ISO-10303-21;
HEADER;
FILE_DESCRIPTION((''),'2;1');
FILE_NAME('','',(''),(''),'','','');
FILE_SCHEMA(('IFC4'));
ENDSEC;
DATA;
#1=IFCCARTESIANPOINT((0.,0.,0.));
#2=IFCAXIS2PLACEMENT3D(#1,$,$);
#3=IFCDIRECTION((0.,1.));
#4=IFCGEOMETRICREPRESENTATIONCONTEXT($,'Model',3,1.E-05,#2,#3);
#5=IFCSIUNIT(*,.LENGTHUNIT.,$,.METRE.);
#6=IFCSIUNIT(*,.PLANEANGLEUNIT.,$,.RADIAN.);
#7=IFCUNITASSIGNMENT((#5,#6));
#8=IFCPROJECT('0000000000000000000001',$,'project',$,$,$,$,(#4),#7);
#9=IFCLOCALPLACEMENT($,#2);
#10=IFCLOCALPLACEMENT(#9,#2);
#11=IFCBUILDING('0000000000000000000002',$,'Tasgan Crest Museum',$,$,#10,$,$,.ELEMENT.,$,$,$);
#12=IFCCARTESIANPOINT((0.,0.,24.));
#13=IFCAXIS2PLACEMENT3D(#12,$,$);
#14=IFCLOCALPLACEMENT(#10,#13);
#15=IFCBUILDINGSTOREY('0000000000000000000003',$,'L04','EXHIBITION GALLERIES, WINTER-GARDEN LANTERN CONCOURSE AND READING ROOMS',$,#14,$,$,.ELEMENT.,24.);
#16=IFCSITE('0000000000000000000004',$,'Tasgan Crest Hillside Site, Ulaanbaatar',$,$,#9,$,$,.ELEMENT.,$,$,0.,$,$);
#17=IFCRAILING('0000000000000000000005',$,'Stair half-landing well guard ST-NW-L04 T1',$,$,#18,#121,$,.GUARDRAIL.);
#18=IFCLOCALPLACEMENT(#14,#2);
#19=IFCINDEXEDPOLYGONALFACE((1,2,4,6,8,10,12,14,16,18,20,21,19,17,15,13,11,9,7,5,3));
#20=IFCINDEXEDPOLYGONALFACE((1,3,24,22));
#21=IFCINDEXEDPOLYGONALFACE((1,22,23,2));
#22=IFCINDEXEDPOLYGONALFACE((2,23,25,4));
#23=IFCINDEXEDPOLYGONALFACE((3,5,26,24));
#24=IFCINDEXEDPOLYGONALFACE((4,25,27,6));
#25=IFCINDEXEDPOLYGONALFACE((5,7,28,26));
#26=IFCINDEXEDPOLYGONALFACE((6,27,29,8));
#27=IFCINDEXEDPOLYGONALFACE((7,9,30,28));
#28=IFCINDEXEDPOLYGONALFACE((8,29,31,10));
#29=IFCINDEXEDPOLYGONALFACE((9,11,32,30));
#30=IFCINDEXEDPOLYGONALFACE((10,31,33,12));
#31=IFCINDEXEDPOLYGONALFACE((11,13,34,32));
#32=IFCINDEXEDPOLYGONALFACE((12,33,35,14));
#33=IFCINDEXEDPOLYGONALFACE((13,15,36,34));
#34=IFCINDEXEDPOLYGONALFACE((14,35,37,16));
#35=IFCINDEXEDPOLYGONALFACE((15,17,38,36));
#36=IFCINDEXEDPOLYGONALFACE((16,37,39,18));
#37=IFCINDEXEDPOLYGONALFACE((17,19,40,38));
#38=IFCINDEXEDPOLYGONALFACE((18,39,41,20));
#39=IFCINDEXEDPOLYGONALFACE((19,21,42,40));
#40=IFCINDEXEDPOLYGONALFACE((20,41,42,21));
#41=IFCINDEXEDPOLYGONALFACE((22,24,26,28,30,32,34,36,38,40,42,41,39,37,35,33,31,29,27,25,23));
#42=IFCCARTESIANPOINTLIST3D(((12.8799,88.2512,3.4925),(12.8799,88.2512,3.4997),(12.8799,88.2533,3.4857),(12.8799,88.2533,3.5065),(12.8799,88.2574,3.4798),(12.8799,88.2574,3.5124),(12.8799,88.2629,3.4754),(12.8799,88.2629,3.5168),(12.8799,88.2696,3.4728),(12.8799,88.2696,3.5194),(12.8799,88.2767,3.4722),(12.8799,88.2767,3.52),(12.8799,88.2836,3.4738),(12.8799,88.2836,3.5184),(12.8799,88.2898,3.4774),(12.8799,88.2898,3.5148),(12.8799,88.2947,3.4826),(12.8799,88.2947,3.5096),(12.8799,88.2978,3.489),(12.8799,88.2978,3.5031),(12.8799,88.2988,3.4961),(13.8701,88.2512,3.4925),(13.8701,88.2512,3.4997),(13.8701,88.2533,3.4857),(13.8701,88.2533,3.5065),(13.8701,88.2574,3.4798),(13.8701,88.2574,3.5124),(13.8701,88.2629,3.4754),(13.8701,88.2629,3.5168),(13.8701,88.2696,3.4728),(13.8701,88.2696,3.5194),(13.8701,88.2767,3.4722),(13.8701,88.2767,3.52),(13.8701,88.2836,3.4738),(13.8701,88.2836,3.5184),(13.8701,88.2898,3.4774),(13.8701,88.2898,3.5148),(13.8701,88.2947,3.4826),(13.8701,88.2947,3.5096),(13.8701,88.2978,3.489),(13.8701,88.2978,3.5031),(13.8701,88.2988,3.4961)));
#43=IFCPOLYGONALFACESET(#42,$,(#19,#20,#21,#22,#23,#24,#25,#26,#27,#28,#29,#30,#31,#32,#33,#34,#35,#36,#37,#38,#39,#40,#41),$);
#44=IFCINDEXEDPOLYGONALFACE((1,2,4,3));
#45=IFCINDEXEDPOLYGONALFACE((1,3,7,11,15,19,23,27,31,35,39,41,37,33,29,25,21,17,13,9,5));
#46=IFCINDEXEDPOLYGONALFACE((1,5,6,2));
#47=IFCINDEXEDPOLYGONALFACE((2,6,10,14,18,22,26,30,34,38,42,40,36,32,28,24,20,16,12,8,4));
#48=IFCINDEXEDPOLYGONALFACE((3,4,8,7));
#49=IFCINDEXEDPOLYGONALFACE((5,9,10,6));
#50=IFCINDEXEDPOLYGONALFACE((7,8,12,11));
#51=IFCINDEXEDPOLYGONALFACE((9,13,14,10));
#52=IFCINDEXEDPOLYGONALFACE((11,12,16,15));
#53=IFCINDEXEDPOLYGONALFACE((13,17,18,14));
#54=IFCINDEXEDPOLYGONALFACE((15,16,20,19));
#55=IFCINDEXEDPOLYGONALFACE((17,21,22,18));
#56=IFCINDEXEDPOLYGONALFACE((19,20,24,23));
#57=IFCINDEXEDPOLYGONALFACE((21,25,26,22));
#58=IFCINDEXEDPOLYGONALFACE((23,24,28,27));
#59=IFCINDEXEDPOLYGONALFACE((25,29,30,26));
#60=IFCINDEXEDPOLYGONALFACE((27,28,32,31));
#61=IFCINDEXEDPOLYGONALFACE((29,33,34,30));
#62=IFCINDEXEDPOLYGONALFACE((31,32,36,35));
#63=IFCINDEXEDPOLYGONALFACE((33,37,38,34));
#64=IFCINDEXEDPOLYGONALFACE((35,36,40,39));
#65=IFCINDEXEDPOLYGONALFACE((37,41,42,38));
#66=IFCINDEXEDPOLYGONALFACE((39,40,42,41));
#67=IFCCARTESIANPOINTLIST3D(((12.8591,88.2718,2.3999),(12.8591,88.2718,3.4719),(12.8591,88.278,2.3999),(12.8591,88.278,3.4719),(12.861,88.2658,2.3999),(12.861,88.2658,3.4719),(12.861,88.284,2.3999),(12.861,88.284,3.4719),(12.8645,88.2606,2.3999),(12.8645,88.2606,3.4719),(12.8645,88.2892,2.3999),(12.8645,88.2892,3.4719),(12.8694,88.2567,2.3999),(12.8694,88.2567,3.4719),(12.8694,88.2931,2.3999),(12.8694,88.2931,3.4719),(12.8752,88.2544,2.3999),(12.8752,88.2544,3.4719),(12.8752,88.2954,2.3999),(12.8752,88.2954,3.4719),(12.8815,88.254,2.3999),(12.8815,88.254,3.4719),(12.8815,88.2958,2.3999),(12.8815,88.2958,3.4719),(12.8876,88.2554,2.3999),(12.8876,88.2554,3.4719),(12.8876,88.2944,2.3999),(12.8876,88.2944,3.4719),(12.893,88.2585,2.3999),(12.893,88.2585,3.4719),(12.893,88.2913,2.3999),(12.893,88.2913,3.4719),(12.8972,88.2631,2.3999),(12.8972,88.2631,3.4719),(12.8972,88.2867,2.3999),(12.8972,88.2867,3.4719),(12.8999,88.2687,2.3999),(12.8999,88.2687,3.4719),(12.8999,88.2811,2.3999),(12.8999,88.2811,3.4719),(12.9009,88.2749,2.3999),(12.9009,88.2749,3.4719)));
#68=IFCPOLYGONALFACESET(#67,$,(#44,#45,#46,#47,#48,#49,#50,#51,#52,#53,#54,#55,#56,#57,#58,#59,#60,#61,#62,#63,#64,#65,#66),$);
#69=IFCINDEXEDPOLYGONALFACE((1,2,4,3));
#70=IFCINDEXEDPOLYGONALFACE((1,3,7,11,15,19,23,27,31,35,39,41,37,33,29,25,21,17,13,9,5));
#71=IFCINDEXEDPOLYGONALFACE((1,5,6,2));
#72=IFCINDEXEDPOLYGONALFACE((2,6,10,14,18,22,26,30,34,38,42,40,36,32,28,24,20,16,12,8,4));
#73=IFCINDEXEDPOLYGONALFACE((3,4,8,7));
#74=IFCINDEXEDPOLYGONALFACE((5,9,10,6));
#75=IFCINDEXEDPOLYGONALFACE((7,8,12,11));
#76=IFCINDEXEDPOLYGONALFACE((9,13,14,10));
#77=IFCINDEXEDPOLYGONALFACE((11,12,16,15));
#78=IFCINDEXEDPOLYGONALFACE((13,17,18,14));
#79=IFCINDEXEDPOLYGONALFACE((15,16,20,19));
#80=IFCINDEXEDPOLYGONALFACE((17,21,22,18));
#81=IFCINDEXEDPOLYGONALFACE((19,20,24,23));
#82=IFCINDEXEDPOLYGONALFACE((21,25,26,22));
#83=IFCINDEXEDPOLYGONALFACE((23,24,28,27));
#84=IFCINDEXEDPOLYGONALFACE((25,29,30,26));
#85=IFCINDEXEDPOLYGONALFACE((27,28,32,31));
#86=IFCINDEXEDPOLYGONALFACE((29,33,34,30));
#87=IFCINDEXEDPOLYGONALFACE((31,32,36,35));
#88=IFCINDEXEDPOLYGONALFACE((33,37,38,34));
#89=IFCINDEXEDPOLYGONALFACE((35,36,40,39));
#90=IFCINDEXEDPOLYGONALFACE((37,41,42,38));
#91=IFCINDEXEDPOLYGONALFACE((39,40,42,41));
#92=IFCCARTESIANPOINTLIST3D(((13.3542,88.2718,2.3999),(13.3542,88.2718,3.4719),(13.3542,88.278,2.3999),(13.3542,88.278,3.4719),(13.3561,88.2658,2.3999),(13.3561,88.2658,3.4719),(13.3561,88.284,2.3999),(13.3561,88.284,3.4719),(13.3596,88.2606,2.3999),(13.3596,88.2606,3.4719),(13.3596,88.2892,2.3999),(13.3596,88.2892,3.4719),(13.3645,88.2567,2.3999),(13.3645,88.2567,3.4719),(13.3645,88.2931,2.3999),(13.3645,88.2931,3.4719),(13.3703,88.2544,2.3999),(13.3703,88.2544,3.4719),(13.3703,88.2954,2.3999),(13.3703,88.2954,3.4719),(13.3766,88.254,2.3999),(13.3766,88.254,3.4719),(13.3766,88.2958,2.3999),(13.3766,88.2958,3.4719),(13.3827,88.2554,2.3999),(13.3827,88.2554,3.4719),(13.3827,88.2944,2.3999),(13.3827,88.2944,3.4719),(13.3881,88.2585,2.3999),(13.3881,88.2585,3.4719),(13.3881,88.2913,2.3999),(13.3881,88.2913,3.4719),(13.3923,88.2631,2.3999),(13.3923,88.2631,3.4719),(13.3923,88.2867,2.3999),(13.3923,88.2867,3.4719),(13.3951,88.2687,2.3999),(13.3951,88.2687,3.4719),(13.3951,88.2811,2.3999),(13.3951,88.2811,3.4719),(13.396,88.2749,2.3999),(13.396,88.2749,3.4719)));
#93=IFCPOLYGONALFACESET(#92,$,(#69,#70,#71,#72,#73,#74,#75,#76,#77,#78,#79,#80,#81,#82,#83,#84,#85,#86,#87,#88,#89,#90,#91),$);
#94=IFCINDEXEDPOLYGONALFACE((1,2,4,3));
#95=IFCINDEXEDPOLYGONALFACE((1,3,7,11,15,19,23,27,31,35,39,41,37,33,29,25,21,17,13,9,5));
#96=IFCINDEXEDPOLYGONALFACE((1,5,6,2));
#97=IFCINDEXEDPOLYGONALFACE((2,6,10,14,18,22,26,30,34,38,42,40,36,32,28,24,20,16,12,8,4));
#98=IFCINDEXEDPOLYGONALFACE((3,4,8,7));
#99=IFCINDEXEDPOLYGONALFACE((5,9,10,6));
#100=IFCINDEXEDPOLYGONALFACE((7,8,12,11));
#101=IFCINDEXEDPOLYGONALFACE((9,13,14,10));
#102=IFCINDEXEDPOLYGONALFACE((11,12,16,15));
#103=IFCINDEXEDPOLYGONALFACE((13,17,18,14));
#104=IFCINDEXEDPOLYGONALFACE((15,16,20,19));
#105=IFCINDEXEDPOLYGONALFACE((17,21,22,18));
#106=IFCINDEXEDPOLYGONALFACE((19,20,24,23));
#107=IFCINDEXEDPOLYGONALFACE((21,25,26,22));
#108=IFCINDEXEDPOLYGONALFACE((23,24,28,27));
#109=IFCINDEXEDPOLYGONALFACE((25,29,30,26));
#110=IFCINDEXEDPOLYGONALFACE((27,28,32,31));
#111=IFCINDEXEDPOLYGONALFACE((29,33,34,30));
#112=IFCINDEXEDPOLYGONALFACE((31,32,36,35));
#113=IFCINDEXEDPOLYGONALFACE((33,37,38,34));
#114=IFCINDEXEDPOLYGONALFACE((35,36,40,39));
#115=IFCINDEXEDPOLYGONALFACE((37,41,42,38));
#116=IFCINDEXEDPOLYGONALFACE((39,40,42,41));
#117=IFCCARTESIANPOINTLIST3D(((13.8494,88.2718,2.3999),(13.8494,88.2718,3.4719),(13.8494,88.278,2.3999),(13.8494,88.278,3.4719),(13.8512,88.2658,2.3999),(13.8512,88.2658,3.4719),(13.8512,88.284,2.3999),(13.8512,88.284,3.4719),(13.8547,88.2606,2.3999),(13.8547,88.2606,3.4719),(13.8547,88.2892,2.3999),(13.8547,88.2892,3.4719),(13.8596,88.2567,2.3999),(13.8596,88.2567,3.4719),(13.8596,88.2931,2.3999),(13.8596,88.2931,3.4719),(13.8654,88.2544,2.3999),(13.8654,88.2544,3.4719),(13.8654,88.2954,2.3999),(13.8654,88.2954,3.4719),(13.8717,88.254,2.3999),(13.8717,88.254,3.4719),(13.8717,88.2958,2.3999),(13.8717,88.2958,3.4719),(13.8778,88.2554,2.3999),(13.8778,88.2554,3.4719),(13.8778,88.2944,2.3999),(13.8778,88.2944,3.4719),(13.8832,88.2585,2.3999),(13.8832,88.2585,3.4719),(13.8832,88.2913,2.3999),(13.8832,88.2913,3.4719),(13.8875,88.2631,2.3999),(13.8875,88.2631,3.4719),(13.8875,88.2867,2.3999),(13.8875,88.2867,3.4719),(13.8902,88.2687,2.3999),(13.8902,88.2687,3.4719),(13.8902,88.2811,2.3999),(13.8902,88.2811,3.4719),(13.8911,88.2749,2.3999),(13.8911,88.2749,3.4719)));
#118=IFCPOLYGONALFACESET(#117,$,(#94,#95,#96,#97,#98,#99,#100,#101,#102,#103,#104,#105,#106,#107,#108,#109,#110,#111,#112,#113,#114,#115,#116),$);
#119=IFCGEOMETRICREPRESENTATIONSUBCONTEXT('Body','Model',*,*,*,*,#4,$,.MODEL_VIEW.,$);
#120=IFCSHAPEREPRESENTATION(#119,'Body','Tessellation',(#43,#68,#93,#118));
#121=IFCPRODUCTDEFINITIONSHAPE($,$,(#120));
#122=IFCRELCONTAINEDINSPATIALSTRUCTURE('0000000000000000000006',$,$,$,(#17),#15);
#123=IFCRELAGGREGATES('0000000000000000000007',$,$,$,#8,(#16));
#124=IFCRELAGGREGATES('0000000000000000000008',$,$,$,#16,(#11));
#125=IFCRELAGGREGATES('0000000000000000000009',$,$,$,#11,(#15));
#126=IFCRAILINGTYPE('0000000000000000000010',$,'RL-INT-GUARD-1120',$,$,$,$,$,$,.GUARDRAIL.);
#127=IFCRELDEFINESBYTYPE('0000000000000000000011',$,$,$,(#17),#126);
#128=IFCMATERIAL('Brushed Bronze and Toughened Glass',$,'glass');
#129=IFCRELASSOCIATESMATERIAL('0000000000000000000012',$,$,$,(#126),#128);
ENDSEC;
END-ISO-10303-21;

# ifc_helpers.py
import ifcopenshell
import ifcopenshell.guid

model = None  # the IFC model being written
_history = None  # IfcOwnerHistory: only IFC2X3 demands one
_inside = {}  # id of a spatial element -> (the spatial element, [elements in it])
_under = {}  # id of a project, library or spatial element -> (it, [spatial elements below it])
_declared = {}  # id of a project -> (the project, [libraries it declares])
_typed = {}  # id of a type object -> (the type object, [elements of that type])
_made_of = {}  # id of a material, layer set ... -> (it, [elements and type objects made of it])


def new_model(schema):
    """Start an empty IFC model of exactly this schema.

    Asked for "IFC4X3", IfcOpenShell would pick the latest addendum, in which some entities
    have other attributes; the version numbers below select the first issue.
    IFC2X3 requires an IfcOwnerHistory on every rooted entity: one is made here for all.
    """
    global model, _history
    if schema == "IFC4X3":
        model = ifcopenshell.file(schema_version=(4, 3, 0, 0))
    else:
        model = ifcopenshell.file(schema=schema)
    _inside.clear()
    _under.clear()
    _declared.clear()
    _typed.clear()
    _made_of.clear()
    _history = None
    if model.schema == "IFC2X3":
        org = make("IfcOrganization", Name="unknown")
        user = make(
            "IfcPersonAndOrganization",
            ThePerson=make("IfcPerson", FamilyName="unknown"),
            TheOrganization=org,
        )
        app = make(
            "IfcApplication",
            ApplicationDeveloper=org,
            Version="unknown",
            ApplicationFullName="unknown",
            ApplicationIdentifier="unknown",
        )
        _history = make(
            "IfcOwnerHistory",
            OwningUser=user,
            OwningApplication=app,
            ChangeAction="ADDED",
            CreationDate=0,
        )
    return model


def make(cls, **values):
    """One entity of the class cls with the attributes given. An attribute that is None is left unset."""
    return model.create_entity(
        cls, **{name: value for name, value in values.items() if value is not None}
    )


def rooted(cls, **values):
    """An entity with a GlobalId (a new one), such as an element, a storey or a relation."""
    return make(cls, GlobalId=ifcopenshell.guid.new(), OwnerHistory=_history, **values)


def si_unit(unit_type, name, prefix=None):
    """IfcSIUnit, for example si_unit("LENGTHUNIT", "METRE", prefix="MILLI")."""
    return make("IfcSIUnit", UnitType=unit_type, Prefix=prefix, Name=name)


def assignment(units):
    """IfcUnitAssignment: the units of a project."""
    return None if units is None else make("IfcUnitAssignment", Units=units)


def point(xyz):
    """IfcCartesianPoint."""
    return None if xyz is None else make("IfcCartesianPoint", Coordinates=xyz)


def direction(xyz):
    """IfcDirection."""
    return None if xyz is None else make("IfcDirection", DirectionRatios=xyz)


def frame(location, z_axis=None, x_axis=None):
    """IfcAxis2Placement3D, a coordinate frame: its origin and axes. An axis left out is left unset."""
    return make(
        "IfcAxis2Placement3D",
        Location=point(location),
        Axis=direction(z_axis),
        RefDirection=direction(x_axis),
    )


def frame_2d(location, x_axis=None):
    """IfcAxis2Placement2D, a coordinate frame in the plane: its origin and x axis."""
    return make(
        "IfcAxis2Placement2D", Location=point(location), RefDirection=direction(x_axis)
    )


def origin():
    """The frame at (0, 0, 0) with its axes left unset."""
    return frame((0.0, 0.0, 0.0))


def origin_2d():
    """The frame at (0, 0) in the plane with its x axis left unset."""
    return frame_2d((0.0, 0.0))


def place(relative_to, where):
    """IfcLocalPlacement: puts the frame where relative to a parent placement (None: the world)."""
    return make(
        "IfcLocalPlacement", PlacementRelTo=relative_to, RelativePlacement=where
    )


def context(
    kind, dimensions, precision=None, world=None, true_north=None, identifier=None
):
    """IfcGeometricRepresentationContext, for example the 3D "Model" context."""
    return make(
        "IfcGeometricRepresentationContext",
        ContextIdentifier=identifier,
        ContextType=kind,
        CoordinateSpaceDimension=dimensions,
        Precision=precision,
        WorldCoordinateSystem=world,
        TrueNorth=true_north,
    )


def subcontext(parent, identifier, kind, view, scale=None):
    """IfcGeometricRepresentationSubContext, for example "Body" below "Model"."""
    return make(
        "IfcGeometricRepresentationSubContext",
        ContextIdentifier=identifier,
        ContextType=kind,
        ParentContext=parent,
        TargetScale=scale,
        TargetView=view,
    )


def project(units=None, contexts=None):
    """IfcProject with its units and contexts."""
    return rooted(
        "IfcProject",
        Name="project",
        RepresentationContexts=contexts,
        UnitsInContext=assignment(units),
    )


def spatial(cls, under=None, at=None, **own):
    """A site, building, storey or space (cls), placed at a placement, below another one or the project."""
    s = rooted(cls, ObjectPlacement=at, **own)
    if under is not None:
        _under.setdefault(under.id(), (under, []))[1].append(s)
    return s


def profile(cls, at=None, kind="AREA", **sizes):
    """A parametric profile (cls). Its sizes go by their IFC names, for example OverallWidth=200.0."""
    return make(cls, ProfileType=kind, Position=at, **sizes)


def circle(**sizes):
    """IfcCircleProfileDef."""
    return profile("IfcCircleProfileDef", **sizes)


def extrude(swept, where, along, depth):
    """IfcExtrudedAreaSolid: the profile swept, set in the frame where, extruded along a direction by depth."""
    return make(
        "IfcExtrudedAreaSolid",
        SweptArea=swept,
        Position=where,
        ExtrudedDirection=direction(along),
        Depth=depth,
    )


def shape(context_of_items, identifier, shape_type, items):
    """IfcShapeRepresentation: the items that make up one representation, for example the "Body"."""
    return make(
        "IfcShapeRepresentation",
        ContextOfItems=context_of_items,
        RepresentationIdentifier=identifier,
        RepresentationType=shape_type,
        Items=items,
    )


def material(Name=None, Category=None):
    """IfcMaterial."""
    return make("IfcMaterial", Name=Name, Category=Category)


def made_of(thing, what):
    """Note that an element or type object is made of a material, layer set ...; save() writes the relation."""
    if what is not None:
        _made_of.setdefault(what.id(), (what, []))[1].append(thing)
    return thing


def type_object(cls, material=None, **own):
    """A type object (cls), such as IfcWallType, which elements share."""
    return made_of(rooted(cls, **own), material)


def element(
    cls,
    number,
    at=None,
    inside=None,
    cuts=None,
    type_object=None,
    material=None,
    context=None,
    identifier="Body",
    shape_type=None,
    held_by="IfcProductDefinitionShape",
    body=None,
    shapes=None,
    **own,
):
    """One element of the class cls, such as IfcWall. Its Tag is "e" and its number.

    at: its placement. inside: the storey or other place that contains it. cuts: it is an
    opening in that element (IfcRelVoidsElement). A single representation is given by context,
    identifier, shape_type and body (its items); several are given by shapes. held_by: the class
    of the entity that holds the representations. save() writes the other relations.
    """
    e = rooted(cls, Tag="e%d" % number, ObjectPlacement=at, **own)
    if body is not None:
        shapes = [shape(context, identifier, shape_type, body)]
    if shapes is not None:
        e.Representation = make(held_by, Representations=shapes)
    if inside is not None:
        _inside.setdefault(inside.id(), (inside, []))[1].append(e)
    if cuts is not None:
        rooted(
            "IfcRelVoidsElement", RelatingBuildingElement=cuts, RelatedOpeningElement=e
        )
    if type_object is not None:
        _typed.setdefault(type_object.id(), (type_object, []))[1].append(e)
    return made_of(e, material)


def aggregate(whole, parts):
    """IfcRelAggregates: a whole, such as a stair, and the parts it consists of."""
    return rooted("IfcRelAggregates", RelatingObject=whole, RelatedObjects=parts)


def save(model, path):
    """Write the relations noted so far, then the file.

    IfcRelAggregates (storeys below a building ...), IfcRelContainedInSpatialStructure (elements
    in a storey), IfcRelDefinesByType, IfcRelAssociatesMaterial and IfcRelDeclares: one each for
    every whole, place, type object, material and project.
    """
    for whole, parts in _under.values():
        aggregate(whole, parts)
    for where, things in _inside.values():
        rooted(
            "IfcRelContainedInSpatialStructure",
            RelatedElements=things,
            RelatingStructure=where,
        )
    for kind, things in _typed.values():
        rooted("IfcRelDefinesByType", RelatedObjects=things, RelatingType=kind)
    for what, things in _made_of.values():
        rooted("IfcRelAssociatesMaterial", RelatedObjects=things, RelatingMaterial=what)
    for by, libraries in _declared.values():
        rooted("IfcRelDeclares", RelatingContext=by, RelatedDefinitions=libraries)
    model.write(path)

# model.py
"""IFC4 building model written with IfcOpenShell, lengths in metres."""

from ifc_helpers import new_model, si_unit, direction, frame, origin, origin_2d, place, context, subcontext, project, spatial, circle, extrude, material, type_object, element, save


model = new_model("IFC4")

# Units and contexts
model_context = context("Model", 3, precision=1e-05, world=origin(), true_north=direction((0.0, 1.0)))
body_context = subcontext(model_context, "Body", "Model", "MODEL_VIEW")
ifc_project = project(units=[si_unit("LENGTHUNIT", "METRE"), si_unit("PLANEANGLEUNIT", "RADIAN")], contexts=[model_context])

# Site, building, storey
site_placement = place(None, origin())
site = spatial("IfcSite", under=ifc_project, at=site_placement, Name="Tasgan Crest Hillside Site, Ulaanbaatar", CompositionType="ELEMENT", RefElevation=0.0)
building_placement = place(site_placement, origin())
building = spatial("IfcBuilding", under=site, at=building_placement, Name="Tasgan Crest Museum", CompositionType="ELEMENT")
storey_placement = place(building_placement, frame((0.0, 0.0, 24.0)))
storey = spatial("IfcBuildingStorey", under=building, at=storey_placement, Name="L04", Description="EXHIBITION GALLERIES, WINTER-GARDEN LANTERN CONCOURSE AND READING ROOMS", CompositionType="ELEMENT", Elevation=24.0)

# Railing
ifc_material_1 = material(Name="Brushed Bronze and Toughened Glass", Category="glass")
railing_type_1 = type_object("IfcRailingType", Name="RL-INT-GUARD-1120", PredefinedType="GUARDRAIL", material=ifc_material_1)
railing_1_placement = place(storey_placement, frame((12.8799, 88.2749, 2.3999)))
element("IfcRailing", 1, at=railing_1_placement, inside=storey, type_object=railing_type_1, Name="Stair half-landing well guard ST-NW-L04 T1", PredefinedType="GUARDRAIL", context=body_context, shape_type="SweptSolid", body=[
    extrude(circle(Radius=0.0239, at=origin_2d()), frame((0.0, 0.0, 1.0962), z_axis=(1.0, 0.0, 0.0), x_axis=(0.0, 1.0, 0.0)), (0.0, 0.0, 1.0), 0.9902),
    extrude(circle(Radius=0.021, at=origin_2d()), origin(), (0.0, 0.0, 1.0), 1.072),
    extrude(circle(Radius=0.021, at=origin_2d()), frame((0.4951, 0.0, 0.0)), (0.0, 0.0, 1.0), 1.072),
    extrude(circle(Radius=0.021, at=origin_2d()), frame((0.9902, 0.0, 0.0)), (0.0, 0.0, 1.0), 1.072),
])

save(model, "model.ifc")
